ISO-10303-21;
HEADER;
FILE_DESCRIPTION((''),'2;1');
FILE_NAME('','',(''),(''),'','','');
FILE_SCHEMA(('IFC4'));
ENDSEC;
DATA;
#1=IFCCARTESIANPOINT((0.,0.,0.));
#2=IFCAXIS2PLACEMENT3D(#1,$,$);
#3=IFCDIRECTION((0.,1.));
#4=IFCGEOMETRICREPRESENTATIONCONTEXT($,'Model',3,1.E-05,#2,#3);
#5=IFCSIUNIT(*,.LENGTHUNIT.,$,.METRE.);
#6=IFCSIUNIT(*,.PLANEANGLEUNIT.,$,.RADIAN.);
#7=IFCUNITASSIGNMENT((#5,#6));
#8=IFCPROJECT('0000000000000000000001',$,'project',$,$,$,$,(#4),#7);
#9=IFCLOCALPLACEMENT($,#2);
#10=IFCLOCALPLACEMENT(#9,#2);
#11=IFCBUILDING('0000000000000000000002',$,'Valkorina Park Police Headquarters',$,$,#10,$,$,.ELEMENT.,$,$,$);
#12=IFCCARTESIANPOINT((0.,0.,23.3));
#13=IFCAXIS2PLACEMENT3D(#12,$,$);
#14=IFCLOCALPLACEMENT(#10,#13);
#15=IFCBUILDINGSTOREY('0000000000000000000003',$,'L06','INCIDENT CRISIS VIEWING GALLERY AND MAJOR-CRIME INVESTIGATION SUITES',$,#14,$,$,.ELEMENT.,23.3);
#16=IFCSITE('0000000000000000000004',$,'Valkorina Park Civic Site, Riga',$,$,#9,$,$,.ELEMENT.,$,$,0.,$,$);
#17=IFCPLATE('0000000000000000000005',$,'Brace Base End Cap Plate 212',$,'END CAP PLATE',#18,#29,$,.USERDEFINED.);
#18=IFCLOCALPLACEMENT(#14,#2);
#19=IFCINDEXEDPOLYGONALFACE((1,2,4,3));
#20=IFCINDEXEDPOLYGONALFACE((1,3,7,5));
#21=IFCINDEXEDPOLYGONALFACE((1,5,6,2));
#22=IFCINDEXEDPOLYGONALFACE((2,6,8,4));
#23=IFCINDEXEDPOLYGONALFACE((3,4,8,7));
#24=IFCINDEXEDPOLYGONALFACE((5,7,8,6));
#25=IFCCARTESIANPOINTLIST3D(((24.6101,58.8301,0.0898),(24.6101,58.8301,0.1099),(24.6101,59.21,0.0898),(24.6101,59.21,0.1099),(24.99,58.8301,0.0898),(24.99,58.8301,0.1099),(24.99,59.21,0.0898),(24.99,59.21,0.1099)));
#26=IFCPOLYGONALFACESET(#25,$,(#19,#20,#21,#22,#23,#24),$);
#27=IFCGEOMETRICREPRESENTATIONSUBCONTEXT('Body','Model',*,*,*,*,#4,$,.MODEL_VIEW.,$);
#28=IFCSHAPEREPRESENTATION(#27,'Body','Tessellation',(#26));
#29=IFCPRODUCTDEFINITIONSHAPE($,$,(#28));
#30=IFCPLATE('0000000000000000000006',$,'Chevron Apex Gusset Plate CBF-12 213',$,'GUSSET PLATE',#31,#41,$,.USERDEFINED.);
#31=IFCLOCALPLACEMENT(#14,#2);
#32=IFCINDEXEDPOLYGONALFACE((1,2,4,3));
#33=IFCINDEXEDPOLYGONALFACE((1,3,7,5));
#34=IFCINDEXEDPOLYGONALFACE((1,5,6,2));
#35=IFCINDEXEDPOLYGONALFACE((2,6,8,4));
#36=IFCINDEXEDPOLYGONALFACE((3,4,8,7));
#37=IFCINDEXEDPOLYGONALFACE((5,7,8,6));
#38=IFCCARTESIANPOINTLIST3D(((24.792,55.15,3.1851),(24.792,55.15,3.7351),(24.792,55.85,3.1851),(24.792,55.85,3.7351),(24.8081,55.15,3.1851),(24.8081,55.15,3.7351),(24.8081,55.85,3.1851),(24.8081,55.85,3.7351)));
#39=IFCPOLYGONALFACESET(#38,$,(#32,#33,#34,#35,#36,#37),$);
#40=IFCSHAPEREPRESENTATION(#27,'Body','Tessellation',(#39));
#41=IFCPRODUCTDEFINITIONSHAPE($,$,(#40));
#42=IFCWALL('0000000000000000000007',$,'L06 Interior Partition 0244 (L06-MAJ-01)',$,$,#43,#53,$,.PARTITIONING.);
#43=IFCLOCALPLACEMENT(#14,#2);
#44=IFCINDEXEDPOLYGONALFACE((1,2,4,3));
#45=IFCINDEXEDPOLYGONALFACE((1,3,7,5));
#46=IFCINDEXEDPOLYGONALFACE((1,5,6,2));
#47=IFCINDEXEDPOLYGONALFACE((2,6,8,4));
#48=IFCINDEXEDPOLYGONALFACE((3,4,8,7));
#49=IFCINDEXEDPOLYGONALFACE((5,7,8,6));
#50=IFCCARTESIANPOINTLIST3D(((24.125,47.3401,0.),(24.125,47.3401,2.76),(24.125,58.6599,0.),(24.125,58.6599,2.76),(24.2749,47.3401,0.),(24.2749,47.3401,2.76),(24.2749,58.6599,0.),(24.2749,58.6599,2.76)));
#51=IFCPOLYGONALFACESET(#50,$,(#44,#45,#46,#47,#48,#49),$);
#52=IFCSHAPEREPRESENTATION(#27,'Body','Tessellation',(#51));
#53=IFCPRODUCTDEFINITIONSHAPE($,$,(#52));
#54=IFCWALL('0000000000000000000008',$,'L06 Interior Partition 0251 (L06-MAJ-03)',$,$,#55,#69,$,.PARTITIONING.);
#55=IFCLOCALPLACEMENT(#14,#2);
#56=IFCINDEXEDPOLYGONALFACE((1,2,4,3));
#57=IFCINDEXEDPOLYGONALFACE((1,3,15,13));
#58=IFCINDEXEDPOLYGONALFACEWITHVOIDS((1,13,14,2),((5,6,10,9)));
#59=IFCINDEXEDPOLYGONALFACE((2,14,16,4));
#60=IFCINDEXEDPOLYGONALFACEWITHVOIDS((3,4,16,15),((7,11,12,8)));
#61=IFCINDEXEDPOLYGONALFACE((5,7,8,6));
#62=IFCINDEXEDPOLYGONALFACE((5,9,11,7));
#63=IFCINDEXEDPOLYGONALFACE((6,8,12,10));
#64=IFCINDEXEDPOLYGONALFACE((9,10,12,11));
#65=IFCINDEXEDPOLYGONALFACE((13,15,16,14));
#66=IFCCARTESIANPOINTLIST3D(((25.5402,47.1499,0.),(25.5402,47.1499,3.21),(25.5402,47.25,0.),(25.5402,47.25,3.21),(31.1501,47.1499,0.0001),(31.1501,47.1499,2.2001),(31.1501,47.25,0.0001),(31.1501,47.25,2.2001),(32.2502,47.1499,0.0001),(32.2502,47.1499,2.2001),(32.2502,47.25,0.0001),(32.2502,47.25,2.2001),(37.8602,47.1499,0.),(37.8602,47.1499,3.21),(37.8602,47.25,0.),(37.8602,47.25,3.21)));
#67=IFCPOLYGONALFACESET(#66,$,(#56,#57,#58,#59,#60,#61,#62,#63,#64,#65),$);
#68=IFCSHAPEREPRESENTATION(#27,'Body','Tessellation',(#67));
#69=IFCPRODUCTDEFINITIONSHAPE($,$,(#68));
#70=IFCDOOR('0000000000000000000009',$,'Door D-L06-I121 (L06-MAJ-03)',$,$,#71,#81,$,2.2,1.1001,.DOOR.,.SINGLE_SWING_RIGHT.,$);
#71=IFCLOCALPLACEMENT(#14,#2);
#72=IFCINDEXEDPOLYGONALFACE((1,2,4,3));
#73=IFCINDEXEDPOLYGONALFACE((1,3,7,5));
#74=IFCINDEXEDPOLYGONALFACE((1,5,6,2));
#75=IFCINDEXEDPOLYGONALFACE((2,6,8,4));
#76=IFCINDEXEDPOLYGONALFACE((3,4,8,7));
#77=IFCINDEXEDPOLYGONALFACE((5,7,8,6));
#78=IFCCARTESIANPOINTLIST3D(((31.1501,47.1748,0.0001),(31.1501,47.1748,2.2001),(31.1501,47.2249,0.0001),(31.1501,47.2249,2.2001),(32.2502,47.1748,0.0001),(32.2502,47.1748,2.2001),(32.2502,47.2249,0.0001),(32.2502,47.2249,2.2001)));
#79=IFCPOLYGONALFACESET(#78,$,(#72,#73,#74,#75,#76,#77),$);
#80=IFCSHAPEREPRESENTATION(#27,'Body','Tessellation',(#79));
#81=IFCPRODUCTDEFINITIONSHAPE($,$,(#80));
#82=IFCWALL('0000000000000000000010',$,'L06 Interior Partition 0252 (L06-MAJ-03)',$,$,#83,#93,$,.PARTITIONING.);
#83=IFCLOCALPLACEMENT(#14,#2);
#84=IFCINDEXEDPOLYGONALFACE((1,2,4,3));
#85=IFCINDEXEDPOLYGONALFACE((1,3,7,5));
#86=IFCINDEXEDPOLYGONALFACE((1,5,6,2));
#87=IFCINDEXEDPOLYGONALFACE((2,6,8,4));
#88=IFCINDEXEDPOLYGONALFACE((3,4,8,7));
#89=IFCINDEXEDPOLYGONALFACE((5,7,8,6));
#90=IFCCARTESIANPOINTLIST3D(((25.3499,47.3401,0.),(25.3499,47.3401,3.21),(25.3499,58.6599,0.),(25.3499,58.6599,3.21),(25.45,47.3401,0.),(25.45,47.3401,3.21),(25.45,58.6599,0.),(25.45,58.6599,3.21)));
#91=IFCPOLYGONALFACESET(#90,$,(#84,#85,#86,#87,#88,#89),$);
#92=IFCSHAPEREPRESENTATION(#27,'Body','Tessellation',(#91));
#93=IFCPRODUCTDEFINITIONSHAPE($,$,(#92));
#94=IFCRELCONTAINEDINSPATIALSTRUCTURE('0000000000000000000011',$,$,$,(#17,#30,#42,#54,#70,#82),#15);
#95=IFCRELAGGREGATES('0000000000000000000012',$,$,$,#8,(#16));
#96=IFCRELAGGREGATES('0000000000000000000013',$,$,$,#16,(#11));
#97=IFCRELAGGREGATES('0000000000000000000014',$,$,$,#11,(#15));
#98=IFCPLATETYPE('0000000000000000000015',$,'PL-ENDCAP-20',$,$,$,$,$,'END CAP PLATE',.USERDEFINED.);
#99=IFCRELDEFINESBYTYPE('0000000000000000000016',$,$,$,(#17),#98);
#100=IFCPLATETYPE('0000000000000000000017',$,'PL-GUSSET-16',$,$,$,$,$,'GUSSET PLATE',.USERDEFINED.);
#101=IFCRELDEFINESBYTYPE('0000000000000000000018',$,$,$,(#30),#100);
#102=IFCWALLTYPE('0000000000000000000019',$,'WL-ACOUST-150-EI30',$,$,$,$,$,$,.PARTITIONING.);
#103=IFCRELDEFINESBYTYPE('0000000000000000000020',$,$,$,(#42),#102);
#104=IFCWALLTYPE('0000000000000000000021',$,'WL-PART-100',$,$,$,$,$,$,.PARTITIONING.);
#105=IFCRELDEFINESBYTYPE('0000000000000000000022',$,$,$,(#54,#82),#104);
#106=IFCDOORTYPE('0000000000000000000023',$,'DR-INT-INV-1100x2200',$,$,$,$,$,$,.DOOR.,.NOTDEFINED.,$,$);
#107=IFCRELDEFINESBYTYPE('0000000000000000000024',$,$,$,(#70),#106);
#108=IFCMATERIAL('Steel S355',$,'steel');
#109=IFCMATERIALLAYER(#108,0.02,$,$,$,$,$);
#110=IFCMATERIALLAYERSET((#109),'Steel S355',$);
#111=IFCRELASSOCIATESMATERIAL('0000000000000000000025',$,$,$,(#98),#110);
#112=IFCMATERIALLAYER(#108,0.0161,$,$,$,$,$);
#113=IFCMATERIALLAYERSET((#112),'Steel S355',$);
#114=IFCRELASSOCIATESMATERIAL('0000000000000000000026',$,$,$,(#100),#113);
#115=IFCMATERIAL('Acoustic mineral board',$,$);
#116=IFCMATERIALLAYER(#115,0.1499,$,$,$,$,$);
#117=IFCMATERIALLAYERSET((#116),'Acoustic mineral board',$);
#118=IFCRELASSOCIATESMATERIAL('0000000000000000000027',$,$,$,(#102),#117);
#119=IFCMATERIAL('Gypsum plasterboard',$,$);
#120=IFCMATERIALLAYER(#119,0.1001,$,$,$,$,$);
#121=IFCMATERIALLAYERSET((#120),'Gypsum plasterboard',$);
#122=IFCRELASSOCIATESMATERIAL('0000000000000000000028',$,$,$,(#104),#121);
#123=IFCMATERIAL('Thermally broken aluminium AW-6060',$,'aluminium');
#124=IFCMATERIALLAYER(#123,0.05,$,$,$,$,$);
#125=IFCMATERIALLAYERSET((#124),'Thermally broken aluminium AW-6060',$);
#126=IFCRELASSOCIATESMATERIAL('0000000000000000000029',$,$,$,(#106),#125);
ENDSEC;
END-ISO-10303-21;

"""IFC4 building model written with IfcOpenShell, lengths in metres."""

from ifc_helpers import new_model, si_unit, direction, frame, frame_2d, origin, origin_2d, place, context, subcontext, project, spatial, rectangle, extrude, material, layer, layer_set, type_object, element, fill, save


model = new_model("IFC4")

# Units and contexts
model_context = context("Model", 3, precision=1e-05, world=origin(), true_north=direction((0.0, 1.0)))
body_context = subcontext(model_context, "Body", "Model", "MODEL_VIEW")
ifc_project = project(units=[si_unit("LENGTHUNIT", "METRE"), si_unit("PLANEANGLEUNIT", "RADIAN")], contexts=[model_context])

# Site, building, storey
site_placement = place(None, origin())
site = spatial("IfcSite", under=ifc_project, at=site_placement, Name="Valkorina Park Civic Site, Riga", CompositionType="ELEMENT", RefElevation=0.0)
building_placement = place(site_placement, origin())
building = spatial("IfcBuilding", under=site, at=building_placement, Name="Valkorina Park Police Headquarters", CompositionType="ELEMENT")
storey_placement = place(building_placement, frame((0.0, 0.0, 23.3)))
storey = spatial("IfcBuildingStorey", under=building, at=storey_placement, Name="L06", Description="INCIDENT CRISIS VIEWING GALLERY AND MAJOR-CRIME INVESTIGATION SUITES", CompositionType="ELEMENT", Elevation=23.3)

# Shared definitions
ifc_material_1 = material(Name="Steel S355", Category="steel")

# Shared definitions
ifc_material_2 = material(Name="Thermally broken aluminium AW-6060", Category="aluminium")

# Plates
ifc_layer_1 = layer(ifc_material_1, 0.02)
ifc_layer_set_1 = layer_set([ifc_layer_1], Name="Steel S355")
plate_type_1 = type_object("IfcPlateType", Name="PL-ENDCAP-20", ElementType="END CAP PLATE", PredefinedType="USERDEFINED", material=ifc_layer_set_1)
for number, where, z_axis, x_axis, name in (
    (1, (24.8, 59.02, 0.0898), (0.0, 0.0, 1.0), (1.0, 0.0, 0.0), "Brace Base End Cap Plate 212"),
):
    element("IfcPlate", number, at=place(storey_placement, frame(where, z_axis=z_axis, x_axis=x_axis)), inside=storey, type_object=plate_type_1, Name=name, ObjectType="END CAP PLATE", PredefinedType="USERDEFINED", context=body_context, shape_type="SweptSolid", body=[
        extrude(rectangle(XDim=0.3799, YDim=0.3799, at=origin_2d()), origin(), (0.0, 0.0, 1.0), 0.02),
    ])
ifc_layer_2 = layer(ifc_material_1, 0.0161)
ifc_layer_set_2 = layer_set([ifc_layer_2], Name="Steel S355")
plate_type_2 = type_object("IfcPlateType", Name="PL-GUSSET-16", ElementType="GUSSET PLATE", PredefinedType="USERDEFINED", material=ifc_layer_set_2)
plate_1_placement = place(storey_placement, frame((24.8, 55.5, 3.1851), z_axis=(0.0, 0.0, 1.0), x_axis=(1.0, 0.0, 0.0)))
element("IfcPlate", 2, at=plate_1_placement, inside=storey, type_object=plate_type_2, Name="Chevron Apex Gusset Plate CBF-12 213", ObjectType="GUSSET PLATE", PredefinedType="USERDEFINED", context=body_context, shape_type="SweptSolid", body=[
    extrude(rectangle(XDim=0.0161, YDim=0.7, at=origin_2d()), origin(), (0.0, 0.0, 1.0), 0.55),
])

# Wall
ifc_material_3 = material(Name="Acoustic mineral board")
ifc_layer_3 = layer(ifc_material_3, 0.1499)
ifc_layer_set_3 = layer_set([ifc_layer_3], Name="Acoustic mineral board")
wall_type_1 = type_object("IfcWallType", Name="WL-ACOUST-150-EI30", PredefinedType="PARTITIONING", material=ifc_layer_set_3)
wall_1_placement = place(storey_placement, frame((24.2, 47.3401, 0.0), z_axis=(0.0, 0.0, 1.0), x_axis=(0.0, 1.0, 0.0)))
element("IfcWall", 3, at=wall_1_placement, inside=storey, type_object=wall_type_1, Name="L06 Interior Partition 0244 (L06-MAJ-01)", PredefinedType="PARTITIONING", context=body_context, shape_type="SweptSolid", body=[
    extrude(rectangle(XDim=11.3198, YDim=0.1499, at=frame_2d((5.6599, 0.0))), origin(), (0.0, 0.0, 1.0), 2.76),
])

# Wall, opening, door
ifc_material_4 = material(Name="Gypsum plasterboard")
ifc_layer_4 = layer(ifc_material_4, 0.1001)
ifc_layer_set_4 = layer_set([ifc_layer_4], Name="Gypsum plasterboard")
wall_type_2 = type_object("IfcWallType", Name="WL-PART-100", PredefinedType="PARTITIONING", material=ifc_layer_set_4)
wall_2_placement = place(storey_placement, frame((25.54, 47.2, 0.0), z_axis=(0.0, 0.0, 1.0), x_axis=(1.0, 0.0, 0.0)))
wall_2 = element("IfcWall", 4, at=wall_2_placement, inside=storey, type_object=wall_type_2, Name="L06 Interior Partition 0251 (L06-MAJ-03)", PredefinedType="PARTITIONING", context=body_context, shape_type="SweptSolid", body=[
    extrude(rectangle(XDim=12.3201, YDim=0.1001, at=frame_2d((6.1602, 0.0))), origin(), (0.0, 0.0, 1.0), 3.21),
])
opening_placement = place(wall_2_placement, frame((5.6101, 0.0, 0.0)))
opening = element("IfcOpeningElement", 5, at=opening_placement, cuts=wall_2, PredefinedType="OPENING", context=body_context, shape_type="SweptSolid", body=[
    extrude(rectangle(XDim=1.1001, YDim=2.2, at=frame_2d((0.55, 1.1001))), frame((0.0, 0.0601, 0.0), z_axis=(0.0, -1.0, 0.0), x_axis=(1.0, 0.0, 0.0)), (0.0, 0.0, 1.0), 0.1201),
])
ifc_layer_5 = layer(ifc_material_2, 0.05)
ifc_layer_set_5 = layer_set([ifc_layer_5], Name="Thermally broken aluminium AW-6060")
door_type = type_object("IfcDoorType", Name="DR-INT-INV-1100x2200", OperationType="NOTDEFINED", PredefinedType="DOOR", material=ifc_layer_set_5)
door_placement = place(opening_placement, origin())
door = element("IfcDoor", 6, at=door_placement, inside=storey, type_object=door_type, Name="Door D-L06-I121 (L06-MAJ-03)", OperationType="SINGLE_SWING_RIGHT", OverallHeight=2.2, OverallWidth=1.1001, PredefinedType="DOOR", context=body_context, shape_type="SweptSolid", body=[
    extrude(rectangle(XDim=1.1001, YDim=2.2, at=frame_2d((0.55, 1.1001))), frame((0.0, 0.0249, 0.0), z_axis=(0.0, -1.0, 0.0), x_axis=(1.0, 0.0, 0.0)), (0.0, 0.0, 1.0), 0.05),
])
fill(opening, door)

# Wall
wall_3_placement = place(storey_placement, frame((25.3999, 47.3401, 0.0), z_axis=(0.0, 0.0, 1.0), x_axis=(0.0, 1.0, 0.0)))
element("IfcWall", 7, at=wall_3_placement, inside=storey, type_object=wall_type_2, Name="L06 Interior Partition 0252 (L06-MAJ-03)", PredefinedType="PARTITIONING", context=body_context, shape_type="SweptSolid", body=[
    extrude(rectangle(XDim=11.3198, YDim=0.1001, at=frame_2d((5.6599, 0.0))), origin(), (0.0, 0.0, 1.0), 3.21),
])

save(model, "model.ifc")
